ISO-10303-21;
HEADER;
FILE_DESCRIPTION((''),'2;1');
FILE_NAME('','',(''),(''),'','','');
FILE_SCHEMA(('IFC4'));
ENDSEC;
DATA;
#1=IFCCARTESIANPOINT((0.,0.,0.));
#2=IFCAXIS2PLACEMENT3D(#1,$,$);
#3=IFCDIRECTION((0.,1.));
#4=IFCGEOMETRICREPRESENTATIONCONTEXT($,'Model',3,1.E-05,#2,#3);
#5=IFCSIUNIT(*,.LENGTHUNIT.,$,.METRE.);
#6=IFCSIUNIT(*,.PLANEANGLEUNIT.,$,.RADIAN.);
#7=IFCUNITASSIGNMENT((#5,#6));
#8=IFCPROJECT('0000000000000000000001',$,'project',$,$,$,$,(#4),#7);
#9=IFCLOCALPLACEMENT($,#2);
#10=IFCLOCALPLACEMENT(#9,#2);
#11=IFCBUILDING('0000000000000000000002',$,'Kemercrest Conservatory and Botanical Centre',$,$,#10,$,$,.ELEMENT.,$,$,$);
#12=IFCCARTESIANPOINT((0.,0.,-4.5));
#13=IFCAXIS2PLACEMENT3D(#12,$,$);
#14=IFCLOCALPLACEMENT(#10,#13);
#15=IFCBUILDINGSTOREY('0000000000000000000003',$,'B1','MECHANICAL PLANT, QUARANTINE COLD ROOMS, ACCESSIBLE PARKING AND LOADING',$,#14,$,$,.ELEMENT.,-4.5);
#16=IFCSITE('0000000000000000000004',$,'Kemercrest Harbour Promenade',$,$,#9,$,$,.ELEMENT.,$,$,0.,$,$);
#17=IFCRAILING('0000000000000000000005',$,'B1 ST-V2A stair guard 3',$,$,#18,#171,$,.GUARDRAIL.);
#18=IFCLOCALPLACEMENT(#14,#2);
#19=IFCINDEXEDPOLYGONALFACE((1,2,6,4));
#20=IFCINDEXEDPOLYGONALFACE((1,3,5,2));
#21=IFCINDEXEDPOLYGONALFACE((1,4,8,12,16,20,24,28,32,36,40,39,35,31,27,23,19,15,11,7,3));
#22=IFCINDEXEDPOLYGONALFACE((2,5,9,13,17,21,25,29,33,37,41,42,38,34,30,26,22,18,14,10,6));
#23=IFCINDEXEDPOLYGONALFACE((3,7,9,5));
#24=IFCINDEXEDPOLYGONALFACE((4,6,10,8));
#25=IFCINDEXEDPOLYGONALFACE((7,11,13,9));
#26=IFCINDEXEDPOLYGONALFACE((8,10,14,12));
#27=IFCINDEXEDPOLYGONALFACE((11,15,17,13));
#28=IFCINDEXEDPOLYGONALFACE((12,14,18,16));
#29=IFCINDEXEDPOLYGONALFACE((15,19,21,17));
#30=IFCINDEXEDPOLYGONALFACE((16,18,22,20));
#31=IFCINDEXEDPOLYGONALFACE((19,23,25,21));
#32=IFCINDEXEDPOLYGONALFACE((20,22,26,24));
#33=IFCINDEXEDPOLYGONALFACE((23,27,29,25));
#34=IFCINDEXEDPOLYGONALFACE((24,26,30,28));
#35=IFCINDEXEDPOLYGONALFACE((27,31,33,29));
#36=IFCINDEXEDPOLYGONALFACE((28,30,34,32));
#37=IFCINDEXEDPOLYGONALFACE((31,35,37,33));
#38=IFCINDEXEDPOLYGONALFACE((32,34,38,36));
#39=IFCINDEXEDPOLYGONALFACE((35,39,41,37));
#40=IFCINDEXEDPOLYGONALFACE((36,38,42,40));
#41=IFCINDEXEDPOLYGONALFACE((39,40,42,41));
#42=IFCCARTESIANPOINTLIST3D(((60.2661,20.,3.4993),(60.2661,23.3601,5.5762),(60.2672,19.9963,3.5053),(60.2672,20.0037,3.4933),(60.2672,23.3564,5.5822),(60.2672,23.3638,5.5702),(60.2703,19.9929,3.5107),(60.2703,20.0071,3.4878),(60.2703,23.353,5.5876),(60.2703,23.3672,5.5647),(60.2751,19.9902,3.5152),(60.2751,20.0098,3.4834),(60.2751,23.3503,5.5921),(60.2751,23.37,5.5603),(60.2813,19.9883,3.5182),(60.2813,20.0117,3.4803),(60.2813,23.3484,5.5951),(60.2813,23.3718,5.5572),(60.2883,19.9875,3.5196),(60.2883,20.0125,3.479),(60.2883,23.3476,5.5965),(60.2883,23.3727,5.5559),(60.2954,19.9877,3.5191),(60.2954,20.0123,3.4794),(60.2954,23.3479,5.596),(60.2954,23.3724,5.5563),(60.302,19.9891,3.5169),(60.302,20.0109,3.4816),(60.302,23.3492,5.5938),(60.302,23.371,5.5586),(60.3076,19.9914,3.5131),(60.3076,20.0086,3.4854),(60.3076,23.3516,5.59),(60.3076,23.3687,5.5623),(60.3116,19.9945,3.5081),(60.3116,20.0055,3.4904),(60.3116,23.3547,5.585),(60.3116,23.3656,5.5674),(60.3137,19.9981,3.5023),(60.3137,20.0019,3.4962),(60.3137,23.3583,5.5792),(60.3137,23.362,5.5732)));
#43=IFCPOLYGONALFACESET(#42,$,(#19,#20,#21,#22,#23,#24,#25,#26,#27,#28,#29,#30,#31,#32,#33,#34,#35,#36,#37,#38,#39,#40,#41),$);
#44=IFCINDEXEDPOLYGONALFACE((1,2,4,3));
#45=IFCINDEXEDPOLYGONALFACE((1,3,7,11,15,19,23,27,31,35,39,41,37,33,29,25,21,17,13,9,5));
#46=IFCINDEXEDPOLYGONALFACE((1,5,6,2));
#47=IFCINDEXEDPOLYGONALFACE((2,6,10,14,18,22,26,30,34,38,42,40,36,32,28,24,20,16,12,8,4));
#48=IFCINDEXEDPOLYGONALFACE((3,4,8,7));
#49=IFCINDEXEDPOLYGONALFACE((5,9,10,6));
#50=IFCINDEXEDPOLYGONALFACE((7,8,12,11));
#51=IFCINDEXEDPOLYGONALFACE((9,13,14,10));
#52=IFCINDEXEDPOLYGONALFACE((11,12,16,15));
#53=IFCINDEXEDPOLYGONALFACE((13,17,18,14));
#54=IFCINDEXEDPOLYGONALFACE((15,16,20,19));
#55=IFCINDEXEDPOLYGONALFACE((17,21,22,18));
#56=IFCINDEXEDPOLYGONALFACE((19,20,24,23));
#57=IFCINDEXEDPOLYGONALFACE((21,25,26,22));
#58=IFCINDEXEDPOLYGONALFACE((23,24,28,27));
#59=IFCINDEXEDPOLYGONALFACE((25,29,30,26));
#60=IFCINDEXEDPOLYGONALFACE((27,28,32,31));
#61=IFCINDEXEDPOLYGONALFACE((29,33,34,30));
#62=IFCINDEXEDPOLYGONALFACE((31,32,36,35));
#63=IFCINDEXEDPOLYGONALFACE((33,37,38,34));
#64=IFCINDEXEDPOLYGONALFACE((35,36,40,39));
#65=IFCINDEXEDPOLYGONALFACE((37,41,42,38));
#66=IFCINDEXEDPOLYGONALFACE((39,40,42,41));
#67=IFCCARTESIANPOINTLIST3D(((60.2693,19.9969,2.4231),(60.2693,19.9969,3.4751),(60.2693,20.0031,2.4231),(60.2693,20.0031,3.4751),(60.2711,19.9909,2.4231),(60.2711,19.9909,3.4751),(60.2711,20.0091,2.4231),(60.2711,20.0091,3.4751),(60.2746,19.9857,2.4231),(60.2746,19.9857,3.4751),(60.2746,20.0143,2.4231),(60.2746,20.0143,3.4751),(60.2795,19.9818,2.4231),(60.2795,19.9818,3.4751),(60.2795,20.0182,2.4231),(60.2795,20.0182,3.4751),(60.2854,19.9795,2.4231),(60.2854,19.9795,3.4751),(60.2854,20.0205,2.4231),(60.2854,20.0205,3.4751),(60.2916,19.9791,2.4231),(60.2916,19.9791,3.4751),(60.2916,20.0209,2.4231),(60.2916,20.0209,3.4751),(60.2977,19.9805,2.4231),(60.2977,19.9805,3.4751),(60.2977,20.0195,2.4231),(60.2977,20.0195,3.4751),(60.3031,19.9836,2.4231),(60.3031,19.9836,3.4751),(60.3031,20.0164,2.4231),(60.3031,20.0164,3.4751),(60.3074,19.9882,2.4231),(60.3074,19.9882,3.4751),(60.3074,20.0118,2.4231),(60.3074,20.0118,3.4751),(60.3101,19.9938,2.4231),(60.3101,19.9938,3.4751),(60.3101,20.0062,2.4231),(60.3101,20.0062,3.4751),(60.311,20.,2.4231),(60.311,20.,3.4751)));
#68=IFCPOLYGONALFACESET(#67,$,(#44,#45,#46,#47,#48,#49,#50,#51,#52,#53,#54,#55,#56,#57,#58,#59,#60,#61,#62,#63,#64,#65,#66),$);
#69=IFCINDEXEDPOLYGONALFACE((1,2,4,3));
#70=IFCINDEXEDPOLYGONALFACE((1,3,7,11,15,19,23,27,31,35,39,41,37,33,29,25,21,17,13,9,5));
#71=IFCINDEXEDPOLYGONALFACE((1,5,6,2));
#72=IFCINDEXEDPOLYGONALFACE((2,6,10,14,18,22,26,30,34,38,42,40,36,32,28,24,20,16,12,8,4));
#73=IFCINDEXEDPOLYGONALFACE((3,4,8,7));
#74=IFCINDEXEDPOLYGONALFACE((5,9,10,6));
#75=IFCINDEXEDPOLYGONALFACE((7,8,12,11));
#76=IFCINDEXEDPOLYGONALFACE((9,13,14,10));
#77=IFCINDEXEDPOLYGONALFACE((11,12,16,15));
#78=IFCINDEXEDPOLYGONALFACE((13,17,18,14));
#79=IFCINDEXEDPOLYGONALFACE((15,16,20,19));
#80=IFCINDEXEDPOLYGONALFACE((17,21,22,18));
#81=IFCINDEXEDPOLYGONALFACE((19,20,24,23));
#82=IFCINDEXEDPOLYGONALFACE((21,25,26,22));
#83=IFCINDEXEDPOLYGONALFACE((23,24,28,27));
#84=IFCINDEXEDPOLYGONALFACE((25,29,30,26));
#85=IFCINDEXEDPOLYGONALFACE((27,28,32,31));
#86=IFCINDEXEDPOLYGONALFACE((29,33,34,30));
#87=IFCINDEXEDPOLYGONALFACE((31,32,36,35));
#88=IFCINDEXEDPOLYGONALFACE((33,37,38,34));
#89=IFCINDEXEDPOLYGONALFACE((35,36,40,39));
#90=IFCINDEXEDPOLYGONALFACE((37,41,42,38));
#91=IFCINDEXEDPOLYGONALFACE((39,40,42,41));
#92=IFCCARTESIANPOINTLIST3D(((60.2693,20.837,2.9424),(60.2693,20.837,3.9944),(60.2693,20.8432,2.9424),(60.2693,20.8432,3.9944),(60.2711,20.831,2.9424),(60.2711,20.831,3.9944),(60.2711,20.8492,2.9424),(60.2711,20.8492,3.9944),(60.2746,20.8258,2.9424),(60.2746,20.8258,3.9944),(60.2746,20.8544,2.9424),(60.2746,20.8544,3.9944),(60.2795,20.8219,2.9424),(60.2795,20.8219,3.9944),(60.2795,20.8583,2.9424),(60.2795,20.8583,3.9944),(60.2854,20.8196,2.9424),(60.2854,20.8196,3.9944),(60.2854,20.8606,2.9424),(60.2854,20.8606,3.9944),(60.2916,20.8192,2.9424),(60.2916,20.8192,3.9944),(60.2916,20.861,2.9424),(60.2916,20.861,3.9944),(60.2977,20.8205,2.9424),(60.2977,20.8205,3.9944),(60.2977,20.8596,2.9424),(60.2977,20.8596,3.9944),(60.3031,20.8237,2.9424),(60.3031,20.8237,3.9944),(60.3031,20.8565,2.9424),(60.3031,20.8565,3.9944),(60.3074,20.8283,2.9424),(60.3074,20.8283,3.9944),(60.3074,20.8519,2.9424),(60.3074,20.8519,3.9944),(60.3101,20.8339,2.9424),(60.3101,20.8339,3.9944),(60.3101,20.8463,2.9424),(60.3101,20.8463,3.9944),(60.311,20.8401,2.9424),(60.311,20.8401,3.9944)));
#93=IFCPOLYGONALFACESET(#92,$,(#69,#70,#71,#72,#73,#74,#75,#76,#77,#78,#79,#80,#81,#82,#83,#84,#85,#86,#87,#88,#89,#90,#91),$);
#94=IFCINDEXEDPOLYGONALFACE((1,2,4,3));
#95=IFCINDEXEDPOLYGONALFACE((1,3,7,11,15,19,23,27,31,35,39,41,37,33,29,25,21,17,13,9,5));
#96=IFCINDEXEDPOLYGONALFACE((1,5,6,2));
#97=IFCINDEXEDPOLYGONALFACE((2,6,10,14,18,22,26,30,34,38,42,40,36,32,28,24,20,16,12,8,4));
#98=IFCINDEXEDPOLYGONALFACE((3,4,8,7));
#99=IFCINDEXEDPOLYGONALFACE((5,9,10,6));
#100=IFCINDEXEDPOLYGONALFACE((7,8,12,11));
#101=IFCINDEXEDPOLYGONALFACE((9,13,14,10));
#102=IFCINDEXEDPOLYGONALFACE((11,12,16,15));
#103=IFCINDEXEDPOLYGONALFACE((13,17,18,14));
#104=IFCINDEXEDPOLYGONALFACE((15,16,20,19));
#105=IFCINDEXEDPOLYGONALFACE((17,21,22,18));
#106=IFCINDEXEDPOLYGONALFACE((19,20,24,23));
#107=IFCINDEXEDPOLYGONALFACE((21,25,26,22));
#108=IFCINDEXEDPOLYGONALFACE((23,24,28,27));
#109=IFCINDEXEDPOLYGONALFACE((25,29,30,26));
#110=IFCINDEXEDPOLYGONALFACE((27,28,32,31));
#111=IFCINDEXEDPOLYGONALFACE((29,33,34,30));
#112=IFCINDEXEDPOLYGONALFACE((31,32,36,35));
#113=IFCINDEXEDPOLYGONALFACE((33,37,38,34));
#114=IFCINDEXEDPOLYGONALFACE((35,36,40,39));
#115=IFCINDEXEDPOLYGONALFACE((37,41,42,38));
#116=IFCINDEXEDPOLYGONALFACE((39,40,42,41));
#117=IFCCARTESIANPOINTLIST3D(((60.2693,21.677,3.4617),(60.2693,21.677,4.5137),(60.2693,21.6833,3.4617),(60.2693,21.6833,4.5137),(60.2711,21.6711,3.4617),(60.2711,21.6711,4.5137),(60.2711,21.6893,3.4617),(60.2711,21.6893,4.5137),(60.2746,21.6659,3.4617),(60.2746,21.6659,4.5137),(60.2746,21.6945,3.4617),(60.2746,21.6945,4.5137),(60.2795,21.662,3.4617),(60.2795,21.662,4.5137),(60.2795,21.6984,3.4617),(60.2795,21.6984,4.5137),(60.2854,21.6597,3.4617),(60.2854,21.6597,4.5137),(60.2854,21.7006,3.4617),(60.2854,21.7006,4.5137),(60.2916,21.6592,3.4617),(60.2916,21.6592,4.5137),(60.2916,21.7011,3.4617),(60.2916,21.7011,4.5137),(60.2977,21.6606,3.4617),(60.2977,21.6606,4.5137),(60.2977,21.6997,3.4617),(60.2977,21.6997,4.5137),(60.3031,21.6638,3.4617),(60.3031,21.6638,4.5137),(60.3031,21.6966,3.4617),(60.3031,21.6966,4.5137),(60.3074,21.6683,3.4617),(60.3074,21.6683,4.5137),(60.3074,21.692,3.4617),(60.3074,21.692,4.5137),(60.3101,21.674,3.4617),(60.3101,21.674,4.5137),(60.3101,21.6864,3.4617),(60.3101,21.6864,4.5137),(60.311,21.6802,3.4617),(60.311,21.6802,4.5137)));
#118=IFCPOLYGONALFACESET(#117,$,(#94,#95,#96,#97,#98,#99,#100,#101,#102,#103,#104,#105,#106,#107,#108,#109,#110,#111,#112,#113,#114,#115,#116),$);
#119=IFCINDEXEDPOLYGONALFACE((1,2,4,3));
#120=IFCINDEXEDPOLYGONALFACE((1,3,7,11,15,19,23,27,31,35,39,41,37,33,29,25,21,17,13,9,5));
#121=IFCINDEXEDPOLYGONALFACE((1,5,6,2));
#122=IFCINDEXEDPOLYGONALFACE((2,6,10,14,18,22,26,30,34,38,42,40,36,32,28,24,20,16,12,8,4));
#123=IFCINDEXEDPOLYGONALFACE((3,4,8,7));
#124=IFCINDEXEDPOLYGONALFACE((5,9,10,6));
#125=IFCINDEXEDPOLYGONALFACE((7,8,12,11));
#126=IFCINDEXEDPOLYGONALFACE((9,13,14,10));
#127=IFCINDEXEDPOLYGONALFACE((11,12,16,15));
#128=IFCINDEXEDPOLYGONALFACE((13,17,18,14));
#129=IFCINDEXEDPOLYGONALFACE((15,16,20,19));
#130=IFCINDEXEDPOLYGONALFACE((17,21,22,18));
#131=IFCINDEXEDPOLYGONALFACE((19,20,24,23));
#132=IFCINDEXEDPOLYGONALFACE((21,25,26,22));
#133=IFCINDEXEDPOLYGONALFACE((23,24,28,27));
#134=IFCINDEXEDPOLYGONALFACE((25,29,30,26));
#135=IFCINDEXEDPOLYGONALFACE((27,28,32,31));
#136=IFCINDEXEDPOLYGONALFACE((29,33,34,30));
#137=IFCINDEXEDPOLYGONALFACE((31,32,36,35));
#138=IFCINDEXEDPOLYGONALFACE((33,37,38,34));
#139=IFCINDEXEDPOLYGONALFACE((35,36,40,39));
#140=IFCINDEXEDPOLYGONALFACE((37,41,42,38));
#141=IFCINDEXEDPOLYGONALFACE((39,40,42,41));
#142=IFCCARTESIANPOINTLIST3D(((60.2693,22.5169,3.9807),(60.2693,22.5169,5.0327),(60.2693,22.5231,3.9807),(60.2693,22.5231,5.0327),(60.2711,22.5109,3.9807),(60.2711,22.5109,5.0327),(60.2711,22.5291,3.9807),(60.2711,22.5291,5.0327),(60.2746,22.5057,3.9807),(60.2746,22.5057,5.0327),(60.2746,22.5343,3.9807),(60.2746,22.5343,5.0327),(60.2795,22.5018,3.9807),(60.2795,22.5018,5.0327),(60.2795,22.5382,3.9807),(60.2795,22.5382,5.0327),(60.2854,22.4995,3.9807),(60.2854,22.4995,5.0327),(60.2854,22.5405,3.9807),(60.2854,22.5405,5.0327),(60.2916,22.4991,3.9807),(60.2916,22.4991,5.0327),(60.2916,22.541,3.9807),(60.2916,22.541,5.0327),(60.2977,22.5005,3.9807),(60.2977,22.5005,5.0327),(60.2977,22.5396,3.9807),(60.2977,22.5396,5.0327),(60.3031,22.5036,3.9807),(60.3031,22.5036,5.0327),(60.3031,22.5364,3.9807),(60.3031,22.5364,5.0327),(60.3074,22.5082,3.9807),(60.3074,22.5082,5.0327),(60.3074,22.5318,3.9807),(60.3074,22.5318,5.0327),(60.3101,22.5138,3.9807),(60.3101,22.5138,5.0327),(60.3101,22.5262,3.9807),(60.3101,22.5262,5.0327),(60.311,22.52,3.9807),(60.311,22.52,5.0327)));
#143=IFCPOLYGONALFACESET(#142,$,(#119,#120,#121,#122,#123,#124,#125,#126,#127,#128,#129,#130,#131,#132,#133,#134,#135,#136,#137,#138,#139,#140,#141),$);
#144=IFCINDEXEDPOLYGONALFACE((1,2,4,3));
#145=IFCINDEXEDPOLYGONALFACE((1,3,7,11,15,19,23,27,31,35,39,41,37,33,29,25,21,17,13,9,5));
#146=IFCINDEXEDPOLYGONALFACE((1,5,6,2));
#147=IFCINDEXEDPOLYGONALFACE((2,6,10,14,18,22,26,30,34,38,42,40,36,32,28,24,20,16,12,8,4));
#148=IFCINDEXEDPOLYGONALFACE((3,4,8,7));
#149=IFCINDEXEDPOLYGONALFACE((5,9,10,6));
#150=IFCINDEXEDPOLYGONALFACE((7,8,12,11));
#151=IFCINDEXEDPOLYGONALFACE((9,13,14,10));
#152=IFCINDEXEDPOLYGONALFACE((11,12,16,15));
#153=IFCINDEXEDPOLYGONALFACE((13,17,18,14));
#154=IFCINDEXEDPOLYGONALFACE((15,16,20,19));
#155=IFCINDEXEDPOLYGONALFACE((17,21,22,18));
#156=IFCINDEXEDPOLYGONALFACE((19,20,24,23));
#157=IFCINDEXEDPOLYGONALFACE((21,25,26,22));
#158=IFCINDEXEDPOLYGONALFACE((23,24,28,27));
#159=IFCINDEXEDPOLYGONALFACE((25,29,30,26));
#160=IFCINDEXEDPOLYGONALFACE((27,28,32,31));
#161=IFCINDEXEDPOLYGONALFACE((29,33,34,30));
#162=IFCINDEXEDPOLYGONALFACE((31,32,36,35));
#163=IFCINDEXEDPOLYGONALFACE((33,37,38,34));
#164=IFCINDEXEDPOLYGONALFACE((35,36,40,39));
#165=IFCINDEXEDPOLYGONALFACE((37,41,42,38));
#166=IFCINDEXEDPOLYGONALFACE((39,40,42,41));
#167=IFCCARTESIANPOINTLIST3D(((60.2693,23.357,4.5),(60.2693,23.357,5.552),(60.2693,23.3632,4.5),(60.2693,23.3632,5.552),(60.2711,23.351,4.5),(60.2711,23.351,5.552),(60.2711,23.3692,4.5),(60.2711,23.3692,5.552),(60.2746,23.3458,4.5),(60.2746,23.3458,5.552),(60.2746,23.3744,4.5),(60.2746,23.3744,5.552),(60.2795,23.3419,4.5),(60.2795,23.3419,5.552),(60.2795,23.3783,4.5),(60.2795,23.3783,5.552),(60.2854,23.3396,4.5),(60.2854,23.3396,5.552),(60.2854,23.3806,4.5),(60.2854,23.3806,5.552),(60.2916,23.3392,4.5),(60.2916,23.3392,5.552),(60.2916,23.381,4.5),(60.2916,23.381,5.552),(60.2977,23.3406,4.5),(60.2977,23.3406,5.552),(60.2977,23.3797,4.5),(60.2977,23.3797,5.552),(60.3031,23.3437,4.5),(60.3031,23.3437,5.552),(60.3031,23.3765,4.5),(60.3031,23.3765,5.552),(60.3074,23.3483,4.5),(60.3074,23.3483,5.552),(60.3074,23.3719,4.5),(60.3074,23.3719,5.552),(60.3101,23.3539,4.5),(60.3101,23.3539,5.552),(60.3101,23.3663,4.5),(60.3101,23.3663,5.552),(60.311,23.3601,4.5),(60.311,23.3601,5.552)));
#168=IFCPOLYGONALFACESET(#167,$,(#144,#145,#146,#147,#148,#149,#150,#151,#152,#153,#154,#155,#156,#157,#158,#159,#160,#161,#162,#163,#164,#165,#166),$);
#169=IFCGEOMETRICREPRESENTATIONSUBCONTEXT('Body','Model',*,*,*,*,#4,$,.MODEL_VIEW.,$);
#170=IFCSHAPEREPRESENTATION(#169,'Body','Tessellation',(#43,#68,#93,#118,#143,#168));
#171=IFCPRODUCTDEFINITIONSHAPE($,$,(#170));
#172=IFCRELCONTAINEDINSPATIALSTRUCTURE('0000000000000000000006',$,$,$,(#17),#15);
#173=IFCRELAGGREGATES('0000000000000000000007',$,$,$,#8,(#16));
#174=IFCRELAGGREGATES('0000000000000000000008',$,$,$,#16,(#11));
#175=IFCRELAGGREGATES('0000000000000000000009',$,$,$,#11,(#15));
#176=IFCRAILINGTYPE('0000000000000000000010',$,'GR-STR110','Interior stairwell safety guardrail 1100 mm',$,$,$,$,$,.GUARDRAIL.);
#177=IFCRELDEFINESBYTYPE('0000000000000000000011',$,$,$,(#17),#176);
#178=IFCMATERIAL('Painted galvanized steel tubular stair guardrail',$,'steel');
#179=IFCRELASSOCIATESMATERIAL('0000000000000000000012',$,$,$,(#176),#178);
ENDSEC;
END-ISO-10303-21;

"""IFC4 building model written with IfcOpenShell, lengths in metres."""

from ifc_helpers import new_model, si_unit, direction, frame, origin, origin_2d, place, context, subcontext, project, spatial, circle, extrude, material, type_object, element, save


model = new_model("IFC4")

# Units and contexts
model_context = context("Model", 3, precision=1e-05, world=origin(), true_north=direction((0.0, 1.0)))
body_context = subcontext(model_context, "Body", "Model", "MODEL_VIEW")
ifc_project = project(units=[si_unit("LENGTHUNIT", "METRE"), si_unit("PLANEANGLEUNIT", "RADIAN")], contexts=[model_context])

# Site, building, storey
site_placement = place(None, origin())
site = spatial("IfcSite", under=ifc_project, at=site_placement, Name="Kemercrest Harbour Promenade", CompositionType="ELEMENT", RefElevation=0.0)
building_placement = place(site_placement, origin())
building = spatial("IfcBuilding", under=site, at=building_placement, Name="Kemercrest Conservatory and Botanical Centre", CompositionType="ELEMENT")
storey_placement = place(building_placement, frame((0.0, 0.0, -4.5)))
storey = spatial("IfcBuildingStorey", under=building, at=storey_placement, Name="B1", Description="MECHANICAL PLANT, QUARANTINE COLD ROOMS, ACCESSIBLE PARKING AND LOADING", CompositionType="ELEMENT", Elevation=-4.5)

# Railing
ifc_material_1 = material(Name="Painted galvanized steel tubular stair guardrail", Category="steel")
railing_type_1 = type_object("IfcRailingType", Name="GR-STR110", Description="Interior stairwell safety guardrail 1100 mm", PredefinedType="GUARDRAIL", material=ifc_material_1)
railing_1_placement = place(storey_placement, frame((60.29, 20.0, 2.4231)))
element("IfcRailing", 1, at=railing_1_placement, inside=storey, type_object=railing_type_1, Name="B1 ST-V2A stair guard 3", PredefinedType="GUARDRAIL", context=body_context, shape_type="SweptSolid", body=[
    extrude(circle(Radius=0.0239, at=origin_2d()), frame((0.0, 0.0, 1.0762), z_axis=(0.0, 0.850623, 0.525776), x_axis=(-1.0, 0.0, 0.0)), (0.0, 0.0, 1.0), 3.9502),
    extrude(circle(Radius=0.021, at=origin_2d()), origin(), (0.0, 0.0, 1.0), 1.052),
    extrude(circle(Radius=0.021, at=origin_2d()), frame((0.0, 0.8401, 0.5193)), (0.0, 0.0, 1.0), 1.052),
    extrude(circle(Radius=0.021, at=origin_2d()), frame((0.0, 1.6802, 1.0386)), (0.0, 0.0, 1.0), 1.052),
    extrude(circle(Radius=0.021, at=origin_2d()), frame((0.0, 2.52, 1.5576)), (0.0, 0.0, 1.0), 1.052),
    extrude(circle(Radius=0.021, at=origin_2d()), frame((0.0, 3.3601, 2.0769)), (0.0, 0.0, 1.0), 1.052),
])

save(model, "model.ifc")
